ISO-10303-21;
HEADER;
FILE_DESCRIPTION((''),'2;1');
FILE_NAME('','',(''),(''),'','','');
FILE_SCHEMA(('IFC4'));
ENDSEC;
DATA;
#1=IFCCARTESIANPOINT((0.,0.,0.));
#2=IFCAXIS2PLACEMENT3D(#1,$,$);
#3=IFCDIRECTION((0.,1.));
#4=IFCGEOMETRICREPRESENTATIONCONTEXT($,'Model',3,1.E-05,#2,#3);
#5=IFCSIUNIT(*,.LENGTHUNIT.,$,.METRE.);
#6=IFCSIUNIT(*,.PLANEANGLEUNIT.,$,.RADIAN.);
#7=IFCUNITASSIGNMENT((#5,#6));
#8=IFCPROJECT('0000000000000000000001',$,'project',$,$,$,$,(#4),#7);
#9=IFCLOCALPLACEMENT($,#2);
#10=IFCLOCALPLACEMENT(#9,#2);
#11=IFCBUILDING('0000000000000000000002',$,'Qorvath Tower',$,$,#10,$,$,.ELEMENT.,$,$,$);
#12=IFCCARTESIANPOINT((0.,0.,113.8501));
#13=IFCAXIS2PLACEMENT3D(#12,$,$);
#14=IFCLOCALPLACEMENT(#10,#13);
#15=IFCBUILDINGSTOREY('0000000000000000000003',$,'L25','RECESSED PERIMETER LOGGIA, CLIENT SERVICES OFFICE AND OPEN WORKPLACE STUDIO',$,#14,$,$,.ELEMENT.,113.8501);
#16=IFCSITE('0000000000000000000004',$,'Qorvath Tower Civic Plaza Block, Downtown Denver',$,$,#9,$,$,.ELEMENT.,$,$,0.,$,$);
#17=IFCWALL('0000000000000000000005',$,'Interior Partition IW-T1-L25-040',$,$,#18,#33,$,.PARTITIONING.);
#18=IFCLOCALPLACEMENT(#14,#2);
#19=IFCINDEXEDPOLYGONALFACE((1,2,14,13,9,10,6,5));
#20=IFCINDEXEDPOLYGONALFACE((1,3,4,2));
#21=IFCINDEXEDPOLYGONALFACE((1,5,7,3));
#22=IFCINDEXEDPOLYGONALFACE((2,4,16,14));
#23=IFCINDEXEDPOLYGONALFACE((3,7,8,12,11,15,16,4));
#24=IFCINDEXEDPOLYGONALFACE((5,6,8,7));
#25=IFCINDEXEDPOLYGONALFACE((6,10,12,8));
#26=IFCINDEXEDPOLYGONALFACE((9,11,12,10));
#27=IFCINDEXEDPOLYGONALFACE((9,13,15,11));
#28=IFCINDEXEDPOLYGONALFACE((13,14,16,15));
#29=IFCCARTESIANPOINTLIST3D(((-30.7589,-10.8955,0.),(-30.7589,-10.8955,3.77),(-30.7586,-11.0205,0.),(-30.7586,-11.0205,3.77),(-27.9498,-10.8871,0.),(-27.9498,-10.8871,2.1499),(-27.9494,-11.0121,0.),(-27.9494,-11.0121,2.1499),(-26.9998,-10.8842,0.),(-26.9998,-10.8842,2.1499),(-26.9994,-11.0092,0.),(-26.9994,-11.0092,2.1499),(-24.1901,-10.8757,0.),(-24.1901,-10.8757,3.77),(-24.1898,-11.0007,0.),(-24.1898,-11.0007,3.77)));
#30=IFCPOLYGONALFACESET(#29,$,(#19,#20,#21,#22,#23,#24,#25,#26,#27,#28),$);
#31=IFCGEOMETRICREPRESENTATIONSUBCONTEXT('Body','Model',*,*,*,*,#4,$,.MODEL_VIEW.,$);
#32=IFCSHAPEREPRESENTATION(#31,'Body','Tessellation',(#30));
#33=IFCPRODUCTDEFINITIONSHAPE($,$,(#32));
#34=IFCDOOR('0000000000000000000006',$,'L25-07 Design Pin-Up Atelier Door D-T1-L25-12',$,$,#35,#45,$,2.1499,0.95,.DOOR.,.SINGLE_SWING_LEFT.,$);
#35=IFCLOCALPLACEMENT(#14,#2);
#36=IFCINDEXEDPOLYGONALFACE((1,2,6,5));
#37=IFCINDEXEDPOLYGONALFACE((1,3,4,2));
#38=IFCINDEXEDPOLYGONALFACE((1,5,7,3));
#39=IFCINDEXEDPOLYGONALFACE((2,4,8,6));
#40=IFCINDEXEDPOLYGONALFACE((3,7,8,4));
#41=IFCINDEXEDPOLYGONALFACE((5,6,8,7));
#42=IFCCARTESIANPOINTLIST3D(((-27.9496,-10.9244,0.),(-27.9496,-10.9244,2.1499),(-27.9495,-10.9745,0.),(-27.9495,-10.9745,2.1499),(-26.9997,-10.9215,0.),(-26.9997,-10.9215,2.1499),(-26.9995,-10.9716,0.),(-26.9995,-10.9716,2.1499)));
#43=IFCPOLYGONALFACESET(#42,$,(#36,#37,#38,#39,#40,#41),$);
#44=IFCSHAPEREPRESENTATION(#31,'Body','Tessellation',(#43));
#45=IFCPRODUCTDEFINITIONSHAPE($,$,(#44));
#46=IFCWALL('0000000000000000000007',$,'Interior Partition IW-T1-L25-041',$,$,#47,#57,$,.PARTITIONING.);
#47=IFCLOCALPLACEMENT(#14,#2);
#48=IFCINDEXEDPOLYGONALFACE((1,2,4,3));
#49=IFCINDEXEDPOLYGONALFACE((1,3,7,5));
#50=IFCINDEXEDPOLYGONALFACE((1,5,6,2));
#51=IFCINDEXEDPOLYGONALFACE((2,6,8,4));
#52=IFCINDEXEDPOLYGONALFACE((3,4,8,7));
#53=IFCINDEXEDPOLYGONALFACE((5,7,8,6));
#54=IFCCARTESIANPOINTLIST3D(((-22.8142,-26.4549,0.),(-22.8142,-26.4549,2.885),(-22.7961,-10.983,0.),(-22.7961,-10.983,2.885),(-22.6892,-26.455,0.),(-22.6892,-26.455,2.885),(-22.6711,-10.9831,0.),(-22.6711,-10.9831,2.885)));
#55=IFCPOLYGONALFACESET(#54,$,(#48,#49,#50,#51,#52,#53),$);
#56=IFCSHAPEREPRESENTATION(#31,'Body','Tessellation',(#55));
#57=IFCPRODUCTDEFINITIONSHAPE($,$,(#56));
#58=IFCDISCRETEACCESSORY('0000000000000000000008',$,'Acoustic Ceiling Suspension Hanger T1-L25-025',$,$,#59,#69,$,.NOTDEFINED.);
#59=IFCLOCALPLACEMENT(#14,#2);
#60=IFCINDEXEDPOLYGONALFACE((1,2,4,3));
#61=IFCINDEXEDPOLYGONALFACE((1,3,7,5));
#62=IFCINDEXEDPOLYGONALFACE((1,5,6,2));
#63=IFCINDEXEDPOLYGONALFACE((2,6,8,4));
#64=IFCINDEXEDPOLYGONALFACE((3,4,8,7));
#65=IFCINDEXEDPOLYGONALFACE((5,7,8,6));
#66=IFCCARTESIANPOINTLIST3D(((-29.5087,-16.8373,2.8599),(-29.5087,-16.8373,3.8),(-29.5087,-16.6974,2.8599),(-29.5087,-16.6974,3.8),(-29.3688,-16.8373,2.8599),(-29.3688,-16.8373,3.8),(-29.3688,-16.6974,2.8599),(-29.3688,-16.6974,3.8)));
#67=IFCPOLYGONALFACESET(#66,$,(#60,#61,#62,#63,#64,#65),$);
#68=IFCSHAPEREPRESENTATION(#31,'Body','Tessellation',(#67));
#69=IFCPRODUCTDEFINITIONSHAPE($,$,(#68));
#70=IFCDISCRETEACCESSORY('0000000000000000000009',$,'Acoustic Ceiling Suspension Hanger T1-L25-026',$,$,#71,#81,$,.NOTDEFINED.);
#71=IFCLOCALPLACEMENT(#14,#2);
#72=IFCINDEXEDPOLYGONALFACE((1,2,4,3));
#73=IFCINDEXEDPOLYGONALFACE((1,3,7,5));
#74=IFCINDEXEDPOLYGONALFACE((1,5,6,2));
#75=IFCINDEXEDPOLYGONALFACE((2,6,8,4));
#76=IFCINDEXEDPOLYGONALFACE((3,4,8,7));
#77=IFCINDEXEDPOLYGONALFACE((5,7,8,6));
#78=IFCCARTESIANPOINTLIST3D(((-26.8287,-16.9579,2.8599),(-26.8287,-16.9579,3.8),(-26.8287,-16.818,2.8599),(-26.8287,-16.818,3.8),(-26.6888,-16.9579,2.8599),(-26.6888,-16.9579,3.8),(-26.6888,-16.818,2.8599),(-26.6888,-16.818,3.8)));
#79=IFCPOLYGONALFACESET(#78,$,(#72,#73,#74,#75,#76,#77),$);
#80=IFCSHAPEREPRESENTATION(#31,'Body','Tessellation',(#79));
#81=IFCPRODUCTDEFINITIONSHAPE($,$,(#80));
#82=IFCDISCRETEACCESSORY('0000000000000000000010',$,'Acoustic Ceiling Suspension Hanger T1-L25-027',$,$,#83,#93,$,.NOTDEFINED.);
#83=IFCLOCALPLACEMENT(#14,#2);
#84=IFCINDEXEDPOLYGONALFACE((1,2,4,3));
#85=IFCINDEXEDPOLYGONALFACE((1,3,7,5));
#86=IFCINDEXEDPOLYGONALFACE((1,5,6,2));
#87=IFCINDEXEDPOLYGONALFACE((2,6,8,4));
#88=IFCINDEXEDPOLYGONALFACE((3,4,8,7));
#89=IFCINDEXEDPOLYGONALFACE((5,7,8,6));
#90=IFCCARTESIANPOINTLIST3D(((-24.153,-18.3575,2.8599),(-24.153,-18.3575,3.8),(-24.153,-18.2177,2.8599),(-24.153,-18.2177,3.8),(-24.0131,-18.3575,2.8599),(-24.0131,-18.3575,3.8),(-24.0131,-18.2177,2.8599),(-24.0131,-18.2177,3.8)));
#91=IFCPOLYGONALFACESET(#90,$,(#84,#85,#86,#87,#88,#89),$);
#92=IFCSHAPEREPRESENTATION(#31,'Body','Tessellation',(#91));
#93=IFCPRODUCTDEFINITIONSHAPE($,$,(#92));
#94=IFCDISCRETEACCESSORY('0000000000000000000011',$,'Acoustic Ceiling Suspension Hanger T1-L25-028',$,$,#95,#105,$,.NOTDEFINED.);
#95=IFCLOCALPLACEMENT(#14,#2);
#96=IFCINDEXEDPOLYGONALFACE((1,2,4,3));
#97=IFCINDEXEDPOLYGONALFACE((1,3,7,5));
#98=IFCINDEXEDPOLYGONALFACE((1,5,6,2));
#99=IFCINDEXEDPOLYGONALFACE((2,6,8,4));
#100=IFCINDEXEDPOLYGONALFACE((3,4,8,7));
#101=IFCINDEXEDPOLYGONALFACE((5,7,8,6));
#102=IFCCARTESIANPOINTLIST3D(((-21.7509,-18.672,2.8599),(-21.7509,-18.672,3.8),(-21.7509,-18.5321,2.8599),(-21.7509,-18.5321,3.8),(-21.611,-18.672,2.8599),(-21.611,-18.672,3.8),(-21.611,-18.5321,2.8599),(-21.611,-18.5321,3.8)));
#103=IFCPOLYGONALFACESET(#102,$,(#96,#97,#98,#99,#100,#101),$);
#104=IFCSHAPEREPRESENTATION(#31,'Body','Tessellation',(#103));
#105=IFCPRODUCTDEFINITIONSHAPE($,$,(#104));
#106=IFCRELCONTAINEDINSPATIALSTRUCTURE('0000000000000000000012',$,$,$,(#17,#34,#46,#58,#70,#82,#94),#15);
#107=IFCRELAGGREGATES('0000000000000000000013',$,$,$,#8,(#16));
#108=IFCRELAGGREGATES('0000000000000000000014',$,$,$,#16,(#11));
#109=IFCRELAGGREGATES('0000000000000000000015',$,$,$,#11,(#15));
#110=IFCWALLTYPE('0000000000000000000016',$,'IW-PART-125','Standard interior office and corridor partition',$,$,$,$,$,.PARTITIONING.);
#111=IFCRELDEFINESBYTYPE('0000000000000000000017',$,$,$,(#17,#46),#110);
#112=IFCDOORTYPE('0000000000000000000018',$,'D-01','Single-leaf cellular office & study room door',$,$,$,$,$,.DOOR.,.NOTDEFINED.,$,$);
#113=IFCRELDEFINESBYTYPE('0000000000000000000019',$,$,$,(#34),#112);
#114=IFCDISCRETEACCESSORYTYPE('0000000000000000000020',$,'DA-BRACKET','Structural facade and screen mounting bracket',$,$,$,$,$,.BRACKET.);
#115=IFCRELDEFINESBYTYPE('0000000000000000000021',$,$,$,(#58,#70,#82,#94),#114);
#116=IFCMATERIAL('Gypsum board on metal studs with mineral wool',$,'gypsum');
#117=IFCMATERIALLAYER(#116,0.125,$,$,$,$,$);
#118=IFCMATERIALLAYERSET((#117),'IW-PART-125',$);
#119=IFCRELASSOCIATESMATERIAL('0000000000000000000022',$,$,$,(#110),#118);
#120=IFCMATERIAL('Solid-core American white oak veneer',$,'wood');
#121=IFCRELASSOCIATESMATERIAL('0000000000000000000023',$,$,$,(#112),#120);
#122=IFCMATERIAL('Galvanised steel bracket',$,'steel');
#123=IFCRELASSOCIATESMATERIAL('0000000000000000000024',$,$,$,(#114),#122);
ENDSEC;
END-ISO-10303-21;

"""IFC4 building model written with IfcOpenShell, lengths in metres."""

from ifc_helpers import new_model, si_unit, direction, frame, frame_2d, origin, origin_2d, place, context, subcontext, project, spatial, rectangle, extrude, material, layer, layer_set, type_object, element, fill, save


model = new_model("IFC4")

# Units and contexts
model_context = context("Model", 3, precision=1e-05, world=origin(), true_north=direction((0.0, 1.0)))
body_context = subcontext(model_context, "Body", "Model", "MODEL_VIEW")
ifc_project = project(units=[si_unit("LENGTHUNIT", "METRE"), si_unit("PLANEANGLEUNIT", "RADIAN")], contexts=[model_context])

# Site, building, storey
site_placement = place(None, origin())
site = spatial("IfcSite", under=ifc_project, at=site_placement, Name="Qorvath Tower Civic Plaza Block, Downtown Denver", CompositionType="ELEMENT", RefElevation=0.0)
building_placement = place(site_placement, origin())
building = spatial("IfcBuilding", under=site, at=building_placement, Name="Qorvath Tower", CompositionType="ELEMENT")
storey_placement = place(building_placement, frame((0.0, 0.0, 113.8501)))
storey = spatial("IfcBuildingStorey", under=building, at=storey_placement, Name="L25", Description="RECESSED PERIMETER LOGGIA, CLIENT SERVICES OFFICE AND OPEN WORKPLACE STUDIO", CompositionType="ELEMENT", Elevation=113.8501)

# Shared definitions
ifc_material_1 = material(Name="Gypsum board on metal studs with mineral wool", Category="gypsum")
ifc_layer_1 = layer(ifc_material_1, 0.125)
ifc_layer_set_1 = layer_set([ifc_layer_1], Name="IW-PART-125")
wall_type = type_object("IfcWallType", Name="IW-PART-125", Description="Standard interior office and corridor partition", PredefinedType="PARTITIONING", material=ifc_layer_set_1)
ifc_material_2 = material(Name="Solid-core American white oak veneer", Category="wood")
door_type = type_object("IfcDoorType", Name="D-01", Description="Single-leaf cellular office & study room door", OperationType="NOTDEFINED", PredefinedType="DOOR", material=ifc_material_2)

# Wall, opening, door
wall_1_placement = place(storey_placement, frame((-24.1899, -10.9382, 0.0), z_axis=(0.0, 0.0, 1.0), x_axis=(-0.999995, -0.00301, 0.0)))
wall_1 = element("IfcWall", 1, at=wall_1_placement, inside=storey, type_object=wall_type, Name="Interior Partition IW-T1-L25-040", PredefinedType="PARTITIONING", context=body_context, shape_type="SweptSolid", body=[
    extrude(rectangle(XDim=6.5688, YDim=0.125, at=frame_2d((3.2844, 0.0))), origin(), (0.0, 0.0, 1.0), 3.77),
])
opening_1_placement = place(wall_1_placement, frame((2.8096, 0.0, 0.0)))
opening_1 = element("IfcOpeningElement", 2, at=opening_1_placement, cuts=wall_1, PredefinedType="OPENING", context=body_context, shape_type="SweptSolid", body=[
    extrude(rectangle(XDim=0.95, YDim=2.1499, at=frame_2d((0.4751, 1.075))), frame((0.0, 0.0725, 0.0), z_axis=(0.0, -1.0, 0.0), x_axis=(1.0, 0.0, 0.0)), (0.0, 0.0, 1.0), 0.145),
])
door_1_placement = place(opening_1_placement, origin())
door_1 = element("IfcDoor", 3, at=door_1_placement, inside=storey, type_object=door_type, Name="L25-07 Design Pin-Up Atelier Door D-T1-L25-12", OperationType="SINGLE_SWING_LEFT", OverallHeight=2.1499, OverallWidth=0.95, PredefinedType="DOOR", context=body_context, shape_type="SweptSolid", body=[
    extrude(rectangle(XDim=0.95, YDim=2.1499, at=frame_2d((0.4751, 1.075))), frame((0.0, 0.0249, 0.0), z_axis=(0.0, -1.0, 0.0), x_axis=(1.0, 0.0, 0.0)), (0.0, 0.0, 1.0), 0.05),
])
fill(opening_1, door_1)

# Wall
wall_2_placement = place(storey_placement, frame((-22.7517, -26.4548, 0.0), z_axis=(0.0, 0.0, 1.0), x_axis=(0.001168, 0.999999, 0.0)))
element("IfcWall", 4, at=wall_2_placement, inside=storey, type_object=wall_type, Name="Interior Partition IW-T1-L25-041", PredefinedType="PARTITIONING", context=body_context, shape_type="SweptSolid", body=[
    extrude(rectangle(XDim=15.4719, YDim=0.125, at=frame_2d((7.7358, 0.0))), origin(), (0.0, 0.0, 1.0), 2.885),
])

# Discrete accessories
ifc_material_3 = material(Name="Galvanised steel bracket", Category="steel")
discrete_accessory_type = type_object("IfcDiscreteAccessoryType", Name="DA-BRACKET", Description="Structural facade and screen mounting bracket", PredefinedType="BRACKET", material=ifc_material_3)
for number, where, z_axis, x_axis, name in (
    (5, (-29.4387, -16.7673, 2.8599), (0.0, 0.0, 1.0), (1.0, 0.0, 0.0), "Acoustic Ceiling Suspension Hanger T1-L25-025"),
    (6, (-26.7588, -16.8879, 2.8599), (0.0, 0.0, 1.0), (1.0, 0.0, 0.0), "Acoustic Ceiling Suspension Hanger T1-L25-026"),
    (7, (-24.083, -18.2876, 2.8599), (0.0, 0.0, 1.0), (1.0, 0.0, 0.0), "Acoustic Ceiling Suspension Hanger T1-L25-027"),
    (8, (-21.6809, -18.6021, 2.8599), (0.0, 0.0, 1.0), (1.0, 0.0, 0.0), "Acoustic Ceiling Suspension Hanger T1-L25-028"),
):
    element("IfcDiscreteAccessory", number, at=place(storey_placement, frame(where, z_axis=z_axis, x_axis=x_axis)), inside=storey, type_object=discrete_accessory_type, Name=name, PredefinedType="NOTDEFINED", context=body_context, shape_type="SweptSolid", body=[
        extrude(rectangle(XDim=0.1399, YDim=0.1399, at=origin_2d()), origin(), (0.0, 0.0, 1.0), 0.9402),
    ])

save(model, "model.ifc")
